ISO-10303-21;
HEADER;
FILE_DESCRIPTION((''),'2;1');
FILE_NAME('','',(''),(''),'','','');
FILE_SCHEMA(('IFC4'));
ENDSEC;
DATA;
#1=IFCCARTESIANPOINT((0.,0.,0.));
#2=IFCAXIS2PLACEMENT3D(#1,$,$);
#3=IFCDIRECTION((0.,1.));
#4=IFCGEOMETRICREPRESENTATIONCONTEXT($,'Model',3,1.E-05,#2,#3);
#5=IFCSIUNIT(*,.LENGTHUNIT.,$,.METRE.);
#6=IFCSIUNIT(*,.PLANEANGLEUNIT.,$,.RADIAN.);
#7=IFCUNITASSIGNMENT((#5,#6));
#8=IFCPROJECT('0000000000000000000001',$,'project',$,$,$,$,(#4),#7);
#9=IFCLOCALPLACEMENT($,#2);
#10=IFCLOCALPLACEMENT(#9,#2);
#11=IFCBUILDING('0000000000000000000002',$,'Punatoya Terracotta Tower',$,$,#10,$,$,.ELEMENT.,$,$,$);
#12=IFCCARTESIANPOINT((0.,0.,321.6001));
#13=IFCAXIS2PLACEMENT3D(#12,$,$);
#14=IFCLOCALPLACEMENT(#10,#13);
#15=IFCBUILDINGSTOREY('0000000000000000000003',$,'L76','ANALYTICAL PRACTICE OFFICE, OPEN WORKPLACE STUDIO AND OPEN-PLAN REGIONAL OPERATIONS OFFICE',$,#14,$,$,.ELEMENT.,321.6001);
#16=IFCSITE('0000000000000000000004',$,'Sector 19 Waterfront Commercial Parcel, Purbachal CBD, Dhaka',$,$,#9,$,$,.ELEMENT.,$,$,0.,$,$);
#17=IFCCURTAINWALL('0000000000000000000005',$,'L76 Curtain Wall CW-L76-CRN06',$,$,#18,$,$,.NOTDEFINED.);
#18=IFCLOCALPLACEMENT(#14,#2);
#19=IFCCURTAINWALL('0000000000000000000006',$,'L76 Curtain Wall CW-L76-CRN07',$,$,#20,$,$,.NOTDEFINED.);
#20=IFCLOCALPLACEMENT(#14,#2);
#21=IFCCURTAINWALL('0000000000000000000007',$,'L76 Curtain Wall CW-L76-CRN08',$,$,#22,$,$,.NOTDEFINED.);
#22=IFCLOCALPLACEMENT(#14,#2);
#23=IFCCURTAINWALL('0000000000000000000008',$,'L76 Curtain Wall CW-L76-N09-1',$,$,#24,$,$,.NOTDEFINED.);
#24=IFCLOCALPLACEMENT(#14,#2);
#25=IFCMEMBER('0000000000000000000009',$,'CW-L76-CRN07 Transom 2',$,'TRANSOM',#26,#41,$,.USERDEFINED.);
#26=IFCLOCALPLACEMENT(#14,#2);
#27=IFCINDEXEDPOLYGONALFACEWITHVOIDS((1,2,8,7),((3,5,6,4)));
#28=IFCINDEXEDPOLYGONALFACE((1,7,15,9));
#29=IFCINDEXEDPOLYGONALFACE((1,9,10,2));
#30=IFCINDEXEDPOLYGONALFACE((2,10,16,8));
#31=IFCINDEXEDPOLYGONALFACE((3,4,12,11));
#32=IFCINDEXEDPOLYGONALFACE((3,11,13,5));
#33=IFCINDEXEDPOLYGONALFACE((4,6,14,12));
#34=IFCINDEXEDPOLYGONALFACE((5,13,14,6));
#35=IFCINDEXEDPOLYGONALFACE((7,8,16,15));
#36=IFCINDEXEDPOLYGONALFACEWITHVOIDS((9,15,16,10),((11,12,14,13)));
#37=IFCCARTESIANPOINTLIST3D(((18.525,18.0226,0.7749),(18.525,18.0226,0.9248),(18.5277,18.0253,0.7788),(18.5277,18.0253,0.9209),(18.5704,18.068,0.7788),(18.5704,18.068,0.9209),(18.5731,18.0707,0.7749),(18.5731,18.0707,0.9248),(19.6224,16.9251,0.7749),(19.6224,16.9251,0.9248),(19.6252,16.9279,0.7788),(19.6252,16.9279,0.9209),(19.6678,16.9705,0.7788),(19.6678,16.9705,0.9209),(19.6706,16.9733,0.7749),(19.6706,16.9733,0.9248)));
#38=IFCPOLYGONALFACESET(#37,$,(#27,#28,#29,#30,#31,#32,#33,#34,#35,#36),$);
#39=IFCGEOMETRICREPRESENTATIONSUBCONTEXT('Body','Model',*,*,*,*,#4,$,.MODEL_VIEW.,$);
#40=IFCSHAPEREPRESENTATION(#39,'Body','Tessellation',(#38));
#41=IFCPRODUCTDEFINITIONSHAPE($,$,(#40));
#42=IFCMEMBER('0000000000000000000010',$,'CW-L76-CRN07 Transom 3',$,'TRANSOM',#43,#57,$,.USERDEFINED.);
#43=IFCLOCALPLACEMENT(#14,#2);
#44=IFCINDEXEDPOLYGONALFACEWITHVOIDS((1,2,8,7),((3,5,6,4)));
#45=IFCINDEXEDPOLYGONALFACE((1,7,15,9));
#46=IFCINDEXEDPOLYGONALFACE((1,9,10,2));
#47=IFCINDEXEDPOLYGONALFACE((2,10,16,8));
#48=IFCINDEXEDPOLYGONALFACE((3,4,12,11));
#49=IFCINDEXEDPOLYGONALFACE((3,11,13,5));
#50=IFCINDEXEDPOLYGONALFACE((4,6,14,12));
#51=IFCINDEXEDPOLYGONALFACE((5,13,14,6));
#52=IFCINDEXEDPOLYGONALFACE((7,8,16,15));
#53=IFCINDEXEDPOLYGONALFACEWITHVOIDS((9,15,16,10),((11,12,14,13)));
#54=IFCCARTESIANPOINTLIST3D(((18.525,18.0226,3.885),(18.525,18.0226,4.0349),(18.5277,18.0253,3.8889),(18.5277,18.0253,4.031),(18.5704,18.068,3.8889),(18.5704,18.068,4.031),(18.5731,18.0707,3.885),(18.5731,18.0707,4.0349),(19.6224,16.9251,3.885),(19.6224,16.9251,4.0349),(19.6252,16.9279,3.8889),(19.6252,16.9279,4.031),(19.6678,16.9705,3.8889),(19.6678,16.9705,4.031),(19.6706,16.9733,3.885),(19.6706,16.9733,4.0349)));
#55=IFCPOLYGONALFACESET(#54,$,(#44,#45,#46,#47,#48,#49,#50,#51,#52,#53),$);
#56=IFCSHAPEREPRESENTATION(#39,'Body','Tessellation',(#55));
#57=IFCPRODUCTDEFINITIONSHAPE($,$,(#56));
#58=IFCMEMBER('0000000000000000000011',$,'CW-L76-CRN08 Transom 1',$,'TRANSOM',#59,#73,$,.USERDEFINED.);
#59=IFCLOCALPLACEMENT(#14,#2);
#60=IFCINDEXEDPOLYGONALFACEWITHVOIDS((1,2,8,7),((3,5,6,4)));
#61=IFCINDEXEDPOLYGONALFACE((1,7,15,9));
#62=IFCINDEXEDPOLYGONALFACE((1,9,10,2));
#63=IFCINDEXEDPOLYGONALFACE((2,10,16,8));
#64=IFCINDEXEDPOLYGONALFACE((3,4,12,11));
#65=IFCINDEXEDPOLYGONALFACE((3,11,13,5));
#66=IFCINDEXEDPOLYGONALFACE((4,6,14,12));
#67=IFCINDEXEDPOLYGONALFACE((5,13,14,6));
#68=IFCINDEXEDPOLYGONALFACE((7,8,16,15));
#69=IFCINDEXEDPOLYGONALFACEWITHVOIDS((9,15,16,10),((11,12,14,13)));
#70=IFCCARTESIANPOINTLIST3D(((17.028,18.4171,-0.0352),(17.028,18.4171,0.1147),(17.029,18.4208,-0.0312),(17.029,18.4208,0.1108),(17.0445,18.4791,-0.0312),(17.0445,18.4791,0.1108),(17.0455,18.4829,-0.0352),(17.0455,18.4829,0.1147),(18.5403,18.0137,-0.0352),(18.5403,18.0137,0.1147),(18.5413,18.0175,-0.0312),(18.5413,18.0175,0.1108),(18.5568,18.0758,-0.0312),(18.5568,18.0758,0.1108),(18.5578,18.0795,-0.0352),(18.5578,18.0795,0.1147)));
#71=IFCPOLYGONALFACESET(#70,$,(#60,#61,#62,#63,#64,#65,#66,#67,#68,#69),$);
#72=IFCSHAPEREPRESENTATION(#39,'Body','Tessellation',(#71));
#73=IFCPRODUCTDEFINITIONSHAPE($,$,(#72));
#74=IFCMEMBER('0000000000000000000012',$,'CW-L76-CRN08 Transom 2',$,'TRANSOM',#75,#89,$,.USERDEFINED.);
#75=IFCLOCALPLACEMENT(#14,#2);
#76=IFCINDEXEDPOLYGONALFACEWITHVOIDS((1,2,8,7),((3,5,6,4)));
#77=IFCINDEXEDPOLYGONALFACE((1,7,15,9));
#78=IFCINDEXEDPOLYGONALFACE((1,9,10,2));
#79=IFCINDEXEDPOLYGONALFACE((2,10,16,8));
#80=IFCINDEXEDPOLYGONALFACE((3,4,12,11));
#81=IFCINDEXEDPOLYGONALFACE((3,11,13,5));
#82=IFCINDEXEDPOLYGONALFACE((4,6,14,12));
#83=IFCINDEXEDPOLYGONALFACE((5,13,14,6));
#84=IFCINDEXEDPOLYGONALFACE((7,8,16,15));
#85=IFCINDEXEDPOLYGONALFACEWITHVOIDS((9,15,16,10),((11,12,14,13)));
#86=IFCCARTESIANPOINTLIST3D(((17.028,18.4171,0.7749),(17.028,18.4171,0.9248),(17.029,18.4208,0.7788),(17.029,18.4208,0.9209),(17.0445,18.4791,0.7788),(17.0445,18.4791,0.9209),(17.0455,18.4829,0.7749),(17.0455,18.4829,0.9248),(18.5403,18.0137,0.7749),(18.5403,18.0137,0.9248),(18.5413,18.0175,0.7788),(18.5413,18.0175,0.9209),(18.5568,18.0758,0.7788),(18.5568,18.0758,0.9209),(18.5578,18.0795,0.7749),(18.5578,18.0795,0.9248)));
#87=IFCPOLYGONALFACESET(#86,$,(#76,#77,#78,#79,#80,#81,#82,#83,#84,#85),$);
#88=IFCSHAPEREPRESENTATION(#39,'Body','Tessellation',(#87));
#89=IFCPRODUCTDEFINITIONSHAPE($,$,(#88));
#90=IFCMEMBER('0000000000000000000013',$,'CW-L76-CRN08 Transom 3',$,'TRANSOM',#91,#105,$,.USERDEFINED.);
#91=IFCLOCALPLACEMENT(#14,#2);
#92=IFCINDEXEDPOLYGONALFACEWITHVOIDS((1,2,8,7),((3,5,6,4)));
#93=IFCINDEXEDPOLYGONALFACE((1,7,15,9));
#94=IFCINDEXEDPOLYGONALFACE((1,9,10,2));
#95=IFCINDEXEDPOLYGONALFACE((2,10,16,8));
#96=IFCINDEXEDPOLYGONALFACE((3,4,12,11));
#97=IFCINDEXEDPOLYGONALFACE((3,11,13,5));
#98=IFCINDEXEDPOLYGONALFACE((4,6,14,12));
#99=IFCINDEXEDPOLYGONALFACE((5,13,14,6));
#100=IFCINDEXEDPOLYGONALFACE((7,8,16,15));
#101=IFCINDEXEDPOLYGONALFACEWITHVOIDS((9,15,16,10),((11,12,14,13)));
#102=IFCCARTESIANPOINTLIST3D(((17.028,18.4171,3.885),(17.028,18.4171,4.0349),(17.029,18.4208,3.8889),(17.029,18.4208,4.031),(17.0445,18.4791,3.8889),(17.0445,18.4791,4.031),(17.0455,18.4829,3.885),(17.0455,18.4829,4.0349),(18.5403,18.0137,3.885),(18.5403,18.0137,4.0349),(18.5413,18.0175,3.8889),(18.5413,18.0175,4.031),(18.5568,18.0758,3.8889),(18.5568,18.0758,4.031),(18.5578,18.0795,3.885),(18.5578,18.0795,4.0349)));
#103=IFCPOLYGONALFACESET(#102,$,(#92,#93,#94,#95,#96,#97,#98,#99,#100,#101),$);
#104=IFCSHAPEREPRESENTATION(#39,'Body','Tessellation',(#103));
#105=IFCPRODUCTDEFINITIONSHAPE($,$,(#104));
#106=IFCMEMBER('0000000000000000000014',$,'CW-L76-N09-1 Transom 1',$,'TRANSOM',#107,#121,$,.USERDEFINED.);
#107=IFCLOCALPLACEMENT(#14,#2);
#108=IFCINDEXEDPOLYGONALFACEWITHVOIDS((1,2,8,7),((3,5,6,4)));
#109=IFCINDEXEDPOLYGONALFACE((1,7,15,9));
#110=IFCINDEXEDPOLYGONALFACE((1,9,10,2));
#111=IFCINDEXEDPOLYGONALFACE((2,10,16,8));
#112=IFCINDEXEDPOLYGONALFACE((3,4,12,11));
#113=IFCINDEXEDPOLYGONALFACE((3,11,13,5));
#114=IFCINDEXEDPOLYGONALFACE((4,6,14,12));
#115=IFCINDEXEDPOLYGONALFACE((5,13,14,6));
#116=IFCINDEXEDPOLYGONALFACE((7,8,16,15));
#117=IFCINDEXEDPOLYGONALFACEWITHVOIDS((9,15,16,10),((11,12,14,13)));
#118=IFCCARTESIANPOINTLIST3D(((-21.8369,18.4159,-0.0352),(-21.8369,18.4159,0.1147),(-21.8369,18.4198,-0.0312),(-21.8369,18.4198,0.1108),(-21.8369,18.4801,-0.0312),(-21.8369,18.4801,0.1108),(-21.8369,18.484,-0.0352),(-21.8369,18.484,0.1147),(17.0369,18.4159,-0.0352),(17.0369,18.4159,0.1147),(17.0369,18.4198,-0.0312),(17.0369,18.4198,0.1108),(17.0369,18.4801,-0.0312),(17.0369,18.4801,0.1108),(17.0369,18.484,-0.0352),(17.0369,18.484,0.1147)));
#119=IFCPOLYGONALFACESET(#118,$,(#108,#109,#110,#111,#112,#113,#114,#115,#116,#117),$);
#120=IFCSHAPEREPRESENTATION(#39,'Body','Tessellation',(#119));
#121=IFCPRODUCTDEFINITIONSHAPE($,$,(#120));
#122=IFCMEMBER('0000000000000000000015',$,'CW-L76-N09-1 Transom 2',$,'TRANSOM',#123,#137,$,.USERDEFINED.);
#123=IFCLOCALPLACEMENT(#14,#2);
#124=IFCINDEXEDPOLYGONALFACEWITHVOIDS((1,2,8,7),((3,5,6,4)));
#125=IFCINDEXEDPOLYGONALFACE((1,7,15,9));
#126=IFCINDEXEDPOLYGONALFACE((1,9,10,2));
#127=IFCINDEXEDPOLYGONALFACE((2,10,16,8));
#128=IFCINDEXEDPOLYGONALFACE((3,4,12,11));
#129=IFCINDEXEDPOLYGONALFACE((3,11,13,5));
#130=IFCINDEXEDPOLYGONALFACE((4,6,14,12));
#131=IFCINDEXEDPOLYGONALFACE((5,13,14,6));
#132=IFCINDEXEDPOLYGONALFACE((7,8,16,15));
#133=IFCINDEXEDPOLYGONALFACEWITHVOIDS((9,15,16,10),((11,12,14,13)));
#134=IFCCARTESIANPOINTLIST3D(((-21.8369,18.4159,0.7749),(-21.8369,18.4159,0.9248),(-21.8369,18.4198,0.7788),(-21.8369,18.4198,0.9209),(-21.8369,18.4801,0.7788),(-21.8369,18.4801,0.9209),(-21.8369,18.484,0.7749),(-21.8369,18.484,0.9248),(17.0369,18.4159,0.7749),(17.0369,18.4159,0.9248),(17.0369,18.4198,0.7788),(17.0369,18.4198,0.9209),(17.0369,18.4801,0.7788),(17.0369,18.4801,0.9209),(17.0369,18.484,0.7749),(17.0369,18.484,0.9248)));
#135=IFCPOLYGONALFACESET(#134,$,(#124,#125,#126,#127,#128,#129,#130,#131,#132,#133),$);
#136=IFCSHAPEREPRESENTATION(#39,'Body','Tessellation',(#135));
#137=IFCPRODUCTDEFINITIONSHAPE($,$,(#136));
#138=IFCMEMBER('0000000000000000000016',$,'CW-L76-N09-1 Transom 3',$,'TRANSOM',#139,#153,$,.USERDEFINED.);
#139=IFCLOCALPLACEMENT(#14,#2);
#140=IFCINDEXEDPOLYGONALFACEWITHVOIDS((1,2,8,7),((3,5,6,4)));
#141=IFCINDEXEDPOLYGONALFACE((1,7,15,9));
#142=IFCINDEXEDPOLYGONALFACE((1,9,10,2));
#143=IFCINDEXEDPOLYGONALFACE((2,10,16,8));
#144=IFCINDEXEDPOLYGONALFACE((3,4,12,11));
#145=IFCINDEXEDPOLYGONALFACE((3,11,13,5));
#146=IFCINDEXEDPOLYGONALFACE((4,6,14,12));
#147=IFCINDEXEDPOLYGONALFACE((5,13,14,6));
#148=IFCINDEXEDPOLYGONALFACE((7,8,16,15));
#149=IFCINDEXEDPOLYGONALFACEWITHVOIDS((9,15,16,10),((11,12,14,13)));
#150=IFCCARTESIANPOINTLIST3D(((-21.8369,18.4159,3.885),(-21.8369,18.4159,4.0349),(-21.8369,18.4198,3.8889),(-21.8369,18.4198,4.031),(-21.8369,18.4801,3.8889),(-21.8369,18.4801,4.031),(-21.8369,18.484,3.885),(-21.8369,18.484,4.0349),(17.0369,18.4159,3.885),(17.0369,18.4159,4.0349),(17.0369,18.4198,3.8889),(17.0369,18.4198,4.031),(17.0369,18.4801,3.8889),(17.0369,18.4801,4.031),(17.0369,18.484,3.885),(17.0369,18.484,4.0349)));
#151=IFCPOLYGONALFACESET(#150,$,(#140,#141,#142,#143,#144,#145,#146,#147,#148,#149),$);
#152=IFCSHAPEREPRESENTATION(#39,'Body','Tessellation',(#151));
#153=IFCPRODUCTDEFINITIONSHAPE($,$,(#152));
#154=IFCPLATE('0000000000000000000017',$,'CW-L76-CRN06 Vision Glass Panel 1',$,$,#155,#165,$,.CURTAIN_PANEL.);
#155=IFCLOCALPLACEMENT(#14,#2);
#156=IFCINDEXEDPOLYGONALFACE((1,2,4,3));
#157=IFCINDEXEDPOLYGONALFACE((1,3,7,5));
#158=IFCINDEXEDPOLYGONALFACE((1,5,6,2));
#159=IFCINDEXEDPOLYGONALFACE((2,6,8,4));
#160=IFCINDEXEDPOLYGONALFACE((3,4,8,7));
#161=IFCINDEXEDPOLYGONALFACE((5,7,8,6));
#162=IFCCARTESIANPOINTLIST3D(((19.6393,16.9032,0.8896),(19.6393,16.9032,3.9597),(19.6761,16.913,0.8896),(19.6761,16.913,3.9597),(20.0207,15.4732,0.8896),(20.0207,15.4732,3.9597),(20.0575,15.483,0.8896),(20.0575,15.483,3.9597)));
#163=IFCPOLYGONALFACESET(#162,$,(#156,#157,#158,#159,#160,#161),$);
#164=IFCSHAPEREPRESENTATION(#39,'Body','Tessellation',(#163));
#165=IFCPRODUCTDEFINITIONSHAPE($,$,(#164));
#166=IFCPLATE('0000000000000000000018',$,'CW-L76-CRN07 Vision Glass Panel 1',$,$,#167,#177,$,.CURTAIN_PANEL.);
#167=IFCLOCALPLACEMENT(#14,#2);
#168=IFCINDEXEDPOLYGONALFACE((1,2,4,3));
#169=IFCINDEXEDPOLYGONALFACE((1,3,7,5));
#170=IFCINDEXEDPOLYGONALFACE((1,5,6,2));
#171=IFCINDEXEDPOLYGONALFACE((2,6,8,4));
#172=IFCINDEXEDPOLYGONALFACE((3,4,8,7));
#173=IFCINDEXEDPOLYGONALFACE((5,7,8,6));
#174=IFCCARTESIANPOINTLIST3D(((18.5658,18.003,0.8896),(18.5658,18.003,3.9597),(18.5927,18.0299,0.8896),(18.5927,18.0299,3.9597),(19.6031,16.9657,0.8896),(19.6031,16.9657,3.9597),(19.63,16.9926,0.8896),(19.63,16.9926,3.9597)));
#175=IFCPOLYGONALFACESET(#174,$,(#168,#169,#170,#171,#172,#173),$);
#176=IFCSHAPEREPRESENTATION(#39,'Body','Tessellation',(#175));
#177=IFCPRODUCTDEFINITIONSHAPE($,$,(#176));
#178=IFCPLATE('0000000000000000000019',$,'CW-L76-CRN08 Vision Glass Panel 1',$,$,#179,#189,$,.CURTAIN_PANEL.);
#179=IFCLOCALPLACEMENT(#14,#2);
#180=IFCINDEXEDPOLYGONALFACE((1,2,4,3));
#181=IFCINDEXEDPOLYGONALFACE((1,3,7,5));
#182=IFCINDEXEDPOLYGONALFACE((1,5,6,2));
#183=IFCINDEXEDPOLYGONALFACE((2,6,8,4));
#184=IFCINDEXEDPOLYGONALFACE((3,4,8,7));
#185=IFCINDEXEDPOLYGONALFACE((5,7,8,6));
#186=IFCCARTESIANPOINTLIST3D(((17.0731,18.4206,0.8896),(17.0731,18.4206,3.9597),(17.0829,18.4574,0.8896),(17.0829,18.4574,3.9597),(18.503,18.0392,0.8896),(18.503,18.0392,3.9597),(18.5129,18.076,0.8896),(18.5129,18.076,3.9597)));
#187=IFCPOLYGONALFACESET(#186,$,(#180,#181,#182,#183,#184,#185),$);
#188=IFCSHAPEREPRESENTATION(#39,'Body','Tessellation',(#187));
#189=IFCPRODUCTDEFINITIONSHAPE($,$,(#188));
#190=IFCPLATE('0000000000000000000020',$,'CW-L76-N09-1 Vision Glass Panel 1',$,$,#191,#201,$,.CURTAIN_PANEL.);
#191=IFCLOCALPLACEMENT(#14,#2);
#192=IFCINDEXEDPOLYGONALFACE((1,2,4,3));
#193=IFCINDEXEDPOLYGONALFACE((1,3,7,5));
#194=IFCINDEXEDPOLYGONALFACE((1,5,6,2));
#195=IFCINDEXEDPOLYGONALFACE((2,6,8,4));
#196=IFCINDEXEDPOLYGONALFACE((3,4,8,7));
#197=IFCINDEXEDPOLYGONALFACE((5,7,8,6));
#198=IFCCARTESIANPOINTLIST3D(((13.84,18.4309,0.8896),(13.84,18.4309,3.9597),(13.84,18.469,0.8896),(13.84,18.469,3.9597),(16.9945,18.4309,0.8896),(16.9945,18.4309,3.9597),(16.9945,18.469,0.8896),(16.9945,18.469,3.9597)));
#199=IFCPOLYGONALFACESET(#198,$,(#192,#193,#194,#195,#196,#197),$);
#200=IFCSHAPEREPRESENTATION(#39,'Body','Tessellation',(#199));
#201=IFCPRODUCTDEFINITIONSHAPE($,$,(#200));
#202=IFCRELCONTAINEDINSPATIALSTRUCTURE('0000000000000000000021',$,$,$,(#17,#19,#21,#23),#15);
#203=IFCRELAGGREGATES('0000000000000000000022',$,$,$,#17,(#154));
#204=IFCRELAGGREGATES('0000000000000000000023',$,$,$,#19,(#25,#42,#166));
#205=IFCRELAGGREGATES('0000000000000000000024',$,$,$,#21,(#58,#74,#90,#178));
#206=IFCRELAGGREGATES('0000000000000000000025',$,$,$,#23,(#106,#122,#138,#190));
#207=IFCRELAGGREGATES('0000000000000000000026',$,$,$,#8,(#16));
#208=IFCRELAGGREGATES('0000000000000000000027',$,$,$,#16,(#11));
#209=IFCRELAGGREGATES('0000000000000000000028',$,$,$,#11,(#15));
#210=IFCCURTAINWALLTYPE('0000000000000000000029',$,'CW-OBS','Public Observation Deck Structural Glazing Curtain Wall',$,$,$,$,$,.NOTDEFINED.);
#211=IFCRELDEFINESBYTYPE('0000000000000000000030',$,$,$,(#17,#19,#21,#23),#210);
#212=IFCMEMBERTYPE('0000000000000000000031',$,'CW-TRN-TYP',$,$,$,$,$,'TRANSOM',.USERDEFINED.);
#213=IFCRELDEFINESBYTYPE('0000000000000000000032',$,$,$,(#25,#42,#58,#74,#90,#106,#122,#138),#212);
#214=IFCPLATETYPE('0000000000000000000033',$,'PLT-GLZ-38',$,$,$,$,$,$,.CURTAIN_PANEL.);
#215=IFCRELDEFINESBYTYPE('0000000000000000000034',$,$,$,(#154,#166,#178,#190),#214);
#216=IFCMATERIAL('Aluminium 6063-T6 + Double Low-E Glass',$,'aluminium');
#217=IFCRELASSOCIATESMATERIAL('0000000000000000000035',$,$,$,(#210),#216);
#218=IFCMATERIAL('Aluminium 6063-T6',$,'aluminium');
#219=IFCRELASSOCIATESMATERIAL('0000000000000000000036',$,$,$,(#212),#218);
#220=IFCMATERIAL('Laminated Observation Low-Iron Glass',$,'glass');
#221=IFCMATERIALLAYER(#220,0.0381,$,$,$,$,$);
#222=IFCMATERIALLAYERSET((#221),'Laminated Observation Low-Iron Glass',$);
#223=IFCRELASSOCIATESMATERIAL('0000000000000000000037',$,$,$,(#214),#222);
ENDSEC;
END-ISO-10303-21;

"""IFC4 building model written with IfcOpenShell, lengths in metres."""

from ifc_helpers import new_model, si_unit, direction, frame, origin, origin_2d, place, context, subcontext, project, spatial, rectangle, hollow_rectangle, extrude, material, layer, layer_set, material_profile, profile_set, type_object, element, aggregate, save


model = new_model("IFC4")

# Units and contexts
model_context = context("Model", 3, precision=1e-05, world=origin(), true_north=direction((0.0, 1.0)))
body_context = subcontext(model_context, "Body", "Model", "MODEL_VIEW")
ifc_project = project(units=[si_unit("LENGTHUNIT", "METRE"), si_unit("PLANEANGLEUNIT", "RADIAN")], contexts=[model_context])

# Site, building, storey
site_placement = place(None, origin())
site = spatial("IfcSite", under=ifc_project, at=site_placement, Name="Sector 19 Waterfront Commercial Parcel, Purbachal CBD, Dhaka", CompositionType="ELEMENT", RefElevation=0.0)
building_placement = place(site_placement, origin())
building = spatial("IfcBuilding", under=site, at=building_placement, Name="Punatoya Terracotta Tower", CompositionType="ELEMENT")
storey_placement = place(building_placement, frame((0.0, 0.0, 321.6001)))
storey = spatial("IfcBuildingStorey", under=building, at=storey_placement, Name="L76", Description="ANALYTICAL PRACTICE OFFICE, OPEN WORKPLACE STUDIO AND OPEN-PLAN REGIONAL OPERATIONS OFFICE", CompositionType="ELEMENT", Elevation=321.6001)

# Curtain walls
ifc_material_1 = material(Name="Aluminium 6063-T6 + Double Low-E Glass", Category="aluminium")
curtain_wall_type = type_object("IfcCurtainWallType", Name="CW-OBS", Description="Public Observation Deck Structural Glazing Curtain Wall", PredefinedType="NOTDEFINED", material=ifc_material_1)
curtain_wall_1_placement = place(storey_placement, origin())
curtain_wall_1 = element("IfcCurtainWall", 1, at=curtain_wall_1_placement, inside=storey, type_object=curtain_wall_type, Name="L76 Curtain Wall CW-L76-CRN06", PredefinedType="NOTDEFINED")
ifc_material_2 = material(Name="Aluminium 6063-T6", Category="aluminium")
curtain_wall_2_placement = place(storey_placement, origin())
curtain_wall_2 = element("IfcCurtainWall", 2, at=curtain_wall_2_placement, inside=storey, type_object=curtain_wall_type, Name="L76 Curtain Wall CW-L76-CRN07", PredefinedType="NOTDEFINED")
curtain_wall_3_placement = place(storey_placement, origin())
curtain_wall_3 = element("IfcCurtainWall", 3, at=curtain_wall_3_placement, inside=storey, type_object=curtain_wall_type, Name="L76 Curtain Wall CW-L76-CRN08", PredefinedType="NOTDEFINED")
curtain_wall_4_placement = place(storey_placement, origin())
curtain_wall_4 = element("IfcCurtainWall", 4, at=curtain_wall_4_placement, inside=storey, type_object=curtain_wall_type, Name="L76 Curtain Wall CW-L76-N09-1", PredefinedType="NOTDEFINED")

# Members
ifc_material_profile_1 = material_profile(ifc_material_2, hollow_rectangle(XDim=0.0681, YDim=0.1499, WallThickness=0.0039, at=origin_2d()))
ifc_profile_set_1 = profile_set([ifc_material_profile_1], Name="Aluminium 6063-T6")
member_type_1 = type_object("IfcMemberType", Name="CW-TRN-TYP", ElementType="TRANSOM", PredefinedType="USERDEFINED", material=ifc_profile_set_1)
member_1_placement = place(storey_placement, frame((19.6465, 16.9492, 0.8499), z_axis=(-0.707107, 0.707107, 0.0), x_axis=(-0.707107, -0.707107, 0.0)))
member_1 = element("IfcMember", 5, at=member_1_placement, type_object=member_type_1, Name="CW-L76-CRN07 Transom 2", ObjectType="TRANSOM", PredefinedType="USERDEFINED", context=body_context, shape_type="SweptSolid", body=[
    extrude(hollow_rectangle(XDim=0.0681, YDim=0.1499, WallThickness=0.0039, at=origin_2d()), origin(), (0.0, 0.0, 1.0), 1.552),
])
member_2_placement = place(storey_placement, frame((19.6465, 16.9492, 3.96), z_axis=(-0.707107, 0.707107, 0.0), x_axis=(-0.707107, -0.707107, 0.0)))
member_2 = element("IfcMember", 6, at=member_2_placement, type_object=member_type_1, Name="CW-L76-CRN07 Transom 3", ObjectType="TRANSOM", PredefinedType="USERDEFINED", context=body_context, shape_type="SweptSolid", body=[
    extrude(hollow_rectangle(XDim=0.0681, YDim=0.1499, WallThickness=0.0039, at=origin_2d()), origin(), (0.0, 0.0, 1.0), 1.552),
])
member_3_placement = place(storey_placement, frame((18.5491, 18.0466, 0.0398), z_axis=(-0.966225, 0.257701, 0.0), x_axis=(-0.257701, -0.966225, 0.0)))
member_3 = element("IfcMember", 7, at=member_3_placement, type_object=member_type_1, Name="CW-L76-CRN08 Transom 1", ObjectType="TRANSOM", PredefinedType="USERDEFINED", context=body_context, shape_type="SweptSolid", body=[
    extrude(hollow_rectangle(XDim=0.0681, YDim=0.1499, WallThickness=0.0039, at=origin_2d()), origin(), (0.0, 0.0, 1.0), 1.5652),
])
member_4_placement = place(storey_placement, frame((18.5491, 18.0466, 0.8499), z_axis=(-0.966225, 0.257701, 0.0), x_axis=(-0.257701, -0.966225, 0.0)))
member_4 = element("IfcMember", 8, at=member_4_placement, type_object=member_type_1, Name="CW-L76-CRN08 Transom 2", ObjectType="TRANSOM", PredefinedType="USERDEFINED", context=body_context, shape_type="SweptSolid", body=[
    extrude(hollow_rectangle(XDim=0.0681, YDim=0.1499, WallThickness=0.0039, at=origin_2d()), origin(), (0.0, 0.0, 1.0), 1.5652),
])
member_5_placement = place(storey_placement, frame((18.5491, 18.0466, 3.96), z_axis=(-0.966225, 0.257701, 0.0), x_axis=(-0.257701, -0.966225, 0.0)))
member_5 = element("IfcMember", 9, at=member_5_placement, type_object=member_type_1, Name="CW-L76-CRN08 Transom 3", ObjectType="TRANSOM", PredefinedType="USERDEFINED", context=body_context, shape_type="SweptSolid", body=[
    extrude(hollow_rectangle(XDim=0.0681, YDim=0.1499, WallThickness=0.0039, at=origin_2d()), origin(), (0.0, 0.0, 1.0), 1.5652),
])
member_6_placement = place(storey_placement, frame((17.0369, 18.45, 0.0398), z_axis=(-1.0, 0.0, 0.0), x_axis=(0.0, -1.0, 0.0)))
member_6 = element("IfcMember", 10, at=member_6_placement, type_object=member_type_1, Name="CW-L76-N09-1 Transom 1", ObjectType="TRANSOM", PredefinedType="USERDEFINED", context=body_context, shape_type="SweptSolid", body=[
    extrude(hollow_rectangle(XDim=0.0681, YDim=0.1499, WallThickness=0.0039, at=origin_2d()), origin(), (0.0, 0.0, 1.0), 38.8738),
])
member_7_placement = place(storey_placement, frame((17.0369, 18.45, 0.8499), z_axis=(-1.0, 0.0, 0.0), x_axis=(0.0, -1.0, 0.0)))
member_7 = element("IfcMember", 11, at=member_7_placement, type_object=member_type_1, Name="CW-L76-N09-1 Transom 2", ObjectType="TRANSOM", PredefinedType="USERDEFINED", context=body_context, shape_type="SweptSolid", body=[
    extrude(hollow_rectangle(XDim=0.0681, YDim=0.1499, WallThickness=0.0039, at=origin_2d()), origin(), (0.0, 0.0, 1.0), 38.8738),
])
member_8_placement = place(storey_placement, frame((17.0369, 18.45, 3.96), z_axis=(-1.0, 0.0, 0.0), x_axis=(0.0, -1.0, 0.0)))
member_8 = element("IfcMember", 12, at=member_8_placement, type_object=member_type_1, Name="CW-L76-N09-1 Transom 3", ObjectType="TRANSOM", PredefinedType="USERDEFINED", context=body_context, shape_type="SweptSolid", body=[
    extrude(hollow_rectangle(XDim=0.0681, YDim=0.1499, WallThickness=0.0039, at=origin_2d()), origin(), (0.0, 0.0, 1.0), 38.8738),
])

# Plates
ifc_material_3 = material(Name="Laminated Observation Low-Iron Glass", Category="glass")
ifc_layer_1 = layer(ifc_material_3, 0.0381)
ifc_layer_set_1 = layer_set([ifc_layer_1], Name="Laminated Observation Low-Iron Glass")
plate_type_1 = type_object("IfcPlateType", Name="PLT-GLZ-38", PredefinedType="CURTAIN_PANEL", material=ifc_layer_set_1)
plate_1_placement = place(storey_placement, frame((19.8484, 16.1931, 0.8896), z_axis=(0.0, 0.0, 1.0), x_axis=(-0.257742, 0.966214, 0.0)))
plate_1 = element("IfcPlate", 13, at=plate_1_placement, type_object=plate_type_1, Name="CW-L76-CRN06 Vision Glass Panel 1", PredefinedType="CURTAIN_PANEL", context=body_context, shape_type="SweptSolid", body=[
    extrude(rectangle(XDim=1.48, YDim=0.0381, at=origin_2d()), origin(), (0.0, 0.0, 1.0), 3.0701),
])
plate_2_placement = place(storey_placement, frame((19.0979, 17.4978, 0.8896), z_axis=(0.0, 0.0, 1.0), x_axis=(-0.707107, 0.707107, 0.0)))
plate_2 = element("IfcPlate", 14, at=plate_2_placement, type_object=plate_type_1, Name="CW-L76-CRN07 Vision Glass Panel 1", PredefinedType="CURTAIN_PANEL", context=body_context, shape_type="SweptSolid", body=[
    extrude(rectangle(XDim=1.467, YDim=0.0381, at=origin_2d()), origin(), (0.0, 0.0, 1.0), 3.0701),
])
plate_3_placement = place(storey_placement, frame((17.793, 18.2483, 0.8896), z_axis=(0.0, 0.0, 1.0), x_axis=(-0.966214, 0.257742, 0.0)))
plate_3 = element("IfcPlate", 15, at=plate_3_placement, type_object=plate_type_1, Name="CW-L76-CRN08 Vision Glass Panel 1", PredefinedType="CURTAIN_PANEL", context=body_context, shape_type="SweptSolid", body=[
    extrude(rectangle(XDim=1.48, YDim=0.0381, at=origin_2d()), origin(), (0.0, 0.0, 1.0), 3.0701),
])
plate_4_placement = place(storey_placement, frame((15.4172, 18.45, 0.8896), z_axis=(0.0, 0.0, 1.0), x_axis=(-1.0, 0.0, 0.0)))
plate_4 = element("IfcPlate", 16, at=plate_4_placement, type_object=plate_type_1, Name="CW-L76-N09-1 Vision Glass Panel 1", PredefinedType="CURTAIN_PANEL", context=body_context, shape_type="SweptSolid", body=[
    extrude(rectangle(XDim=3.1545, YDim=0.0381, at=origin_2d()), origin(), (0.0, 0.0, 1.0), 3.0701),
])
aggregate(curtain_wall_1, [plate_1])
aggregate(curtain_wall_2, [member_1, member_2, plate_2])
aggregate(curtain_wall_3, [member_3, member_4, member_5, plate_3])
aggregate(curtain_wall_4, [member_6, member_7, member_8, plate_4])

save(model, "model.ifc")
